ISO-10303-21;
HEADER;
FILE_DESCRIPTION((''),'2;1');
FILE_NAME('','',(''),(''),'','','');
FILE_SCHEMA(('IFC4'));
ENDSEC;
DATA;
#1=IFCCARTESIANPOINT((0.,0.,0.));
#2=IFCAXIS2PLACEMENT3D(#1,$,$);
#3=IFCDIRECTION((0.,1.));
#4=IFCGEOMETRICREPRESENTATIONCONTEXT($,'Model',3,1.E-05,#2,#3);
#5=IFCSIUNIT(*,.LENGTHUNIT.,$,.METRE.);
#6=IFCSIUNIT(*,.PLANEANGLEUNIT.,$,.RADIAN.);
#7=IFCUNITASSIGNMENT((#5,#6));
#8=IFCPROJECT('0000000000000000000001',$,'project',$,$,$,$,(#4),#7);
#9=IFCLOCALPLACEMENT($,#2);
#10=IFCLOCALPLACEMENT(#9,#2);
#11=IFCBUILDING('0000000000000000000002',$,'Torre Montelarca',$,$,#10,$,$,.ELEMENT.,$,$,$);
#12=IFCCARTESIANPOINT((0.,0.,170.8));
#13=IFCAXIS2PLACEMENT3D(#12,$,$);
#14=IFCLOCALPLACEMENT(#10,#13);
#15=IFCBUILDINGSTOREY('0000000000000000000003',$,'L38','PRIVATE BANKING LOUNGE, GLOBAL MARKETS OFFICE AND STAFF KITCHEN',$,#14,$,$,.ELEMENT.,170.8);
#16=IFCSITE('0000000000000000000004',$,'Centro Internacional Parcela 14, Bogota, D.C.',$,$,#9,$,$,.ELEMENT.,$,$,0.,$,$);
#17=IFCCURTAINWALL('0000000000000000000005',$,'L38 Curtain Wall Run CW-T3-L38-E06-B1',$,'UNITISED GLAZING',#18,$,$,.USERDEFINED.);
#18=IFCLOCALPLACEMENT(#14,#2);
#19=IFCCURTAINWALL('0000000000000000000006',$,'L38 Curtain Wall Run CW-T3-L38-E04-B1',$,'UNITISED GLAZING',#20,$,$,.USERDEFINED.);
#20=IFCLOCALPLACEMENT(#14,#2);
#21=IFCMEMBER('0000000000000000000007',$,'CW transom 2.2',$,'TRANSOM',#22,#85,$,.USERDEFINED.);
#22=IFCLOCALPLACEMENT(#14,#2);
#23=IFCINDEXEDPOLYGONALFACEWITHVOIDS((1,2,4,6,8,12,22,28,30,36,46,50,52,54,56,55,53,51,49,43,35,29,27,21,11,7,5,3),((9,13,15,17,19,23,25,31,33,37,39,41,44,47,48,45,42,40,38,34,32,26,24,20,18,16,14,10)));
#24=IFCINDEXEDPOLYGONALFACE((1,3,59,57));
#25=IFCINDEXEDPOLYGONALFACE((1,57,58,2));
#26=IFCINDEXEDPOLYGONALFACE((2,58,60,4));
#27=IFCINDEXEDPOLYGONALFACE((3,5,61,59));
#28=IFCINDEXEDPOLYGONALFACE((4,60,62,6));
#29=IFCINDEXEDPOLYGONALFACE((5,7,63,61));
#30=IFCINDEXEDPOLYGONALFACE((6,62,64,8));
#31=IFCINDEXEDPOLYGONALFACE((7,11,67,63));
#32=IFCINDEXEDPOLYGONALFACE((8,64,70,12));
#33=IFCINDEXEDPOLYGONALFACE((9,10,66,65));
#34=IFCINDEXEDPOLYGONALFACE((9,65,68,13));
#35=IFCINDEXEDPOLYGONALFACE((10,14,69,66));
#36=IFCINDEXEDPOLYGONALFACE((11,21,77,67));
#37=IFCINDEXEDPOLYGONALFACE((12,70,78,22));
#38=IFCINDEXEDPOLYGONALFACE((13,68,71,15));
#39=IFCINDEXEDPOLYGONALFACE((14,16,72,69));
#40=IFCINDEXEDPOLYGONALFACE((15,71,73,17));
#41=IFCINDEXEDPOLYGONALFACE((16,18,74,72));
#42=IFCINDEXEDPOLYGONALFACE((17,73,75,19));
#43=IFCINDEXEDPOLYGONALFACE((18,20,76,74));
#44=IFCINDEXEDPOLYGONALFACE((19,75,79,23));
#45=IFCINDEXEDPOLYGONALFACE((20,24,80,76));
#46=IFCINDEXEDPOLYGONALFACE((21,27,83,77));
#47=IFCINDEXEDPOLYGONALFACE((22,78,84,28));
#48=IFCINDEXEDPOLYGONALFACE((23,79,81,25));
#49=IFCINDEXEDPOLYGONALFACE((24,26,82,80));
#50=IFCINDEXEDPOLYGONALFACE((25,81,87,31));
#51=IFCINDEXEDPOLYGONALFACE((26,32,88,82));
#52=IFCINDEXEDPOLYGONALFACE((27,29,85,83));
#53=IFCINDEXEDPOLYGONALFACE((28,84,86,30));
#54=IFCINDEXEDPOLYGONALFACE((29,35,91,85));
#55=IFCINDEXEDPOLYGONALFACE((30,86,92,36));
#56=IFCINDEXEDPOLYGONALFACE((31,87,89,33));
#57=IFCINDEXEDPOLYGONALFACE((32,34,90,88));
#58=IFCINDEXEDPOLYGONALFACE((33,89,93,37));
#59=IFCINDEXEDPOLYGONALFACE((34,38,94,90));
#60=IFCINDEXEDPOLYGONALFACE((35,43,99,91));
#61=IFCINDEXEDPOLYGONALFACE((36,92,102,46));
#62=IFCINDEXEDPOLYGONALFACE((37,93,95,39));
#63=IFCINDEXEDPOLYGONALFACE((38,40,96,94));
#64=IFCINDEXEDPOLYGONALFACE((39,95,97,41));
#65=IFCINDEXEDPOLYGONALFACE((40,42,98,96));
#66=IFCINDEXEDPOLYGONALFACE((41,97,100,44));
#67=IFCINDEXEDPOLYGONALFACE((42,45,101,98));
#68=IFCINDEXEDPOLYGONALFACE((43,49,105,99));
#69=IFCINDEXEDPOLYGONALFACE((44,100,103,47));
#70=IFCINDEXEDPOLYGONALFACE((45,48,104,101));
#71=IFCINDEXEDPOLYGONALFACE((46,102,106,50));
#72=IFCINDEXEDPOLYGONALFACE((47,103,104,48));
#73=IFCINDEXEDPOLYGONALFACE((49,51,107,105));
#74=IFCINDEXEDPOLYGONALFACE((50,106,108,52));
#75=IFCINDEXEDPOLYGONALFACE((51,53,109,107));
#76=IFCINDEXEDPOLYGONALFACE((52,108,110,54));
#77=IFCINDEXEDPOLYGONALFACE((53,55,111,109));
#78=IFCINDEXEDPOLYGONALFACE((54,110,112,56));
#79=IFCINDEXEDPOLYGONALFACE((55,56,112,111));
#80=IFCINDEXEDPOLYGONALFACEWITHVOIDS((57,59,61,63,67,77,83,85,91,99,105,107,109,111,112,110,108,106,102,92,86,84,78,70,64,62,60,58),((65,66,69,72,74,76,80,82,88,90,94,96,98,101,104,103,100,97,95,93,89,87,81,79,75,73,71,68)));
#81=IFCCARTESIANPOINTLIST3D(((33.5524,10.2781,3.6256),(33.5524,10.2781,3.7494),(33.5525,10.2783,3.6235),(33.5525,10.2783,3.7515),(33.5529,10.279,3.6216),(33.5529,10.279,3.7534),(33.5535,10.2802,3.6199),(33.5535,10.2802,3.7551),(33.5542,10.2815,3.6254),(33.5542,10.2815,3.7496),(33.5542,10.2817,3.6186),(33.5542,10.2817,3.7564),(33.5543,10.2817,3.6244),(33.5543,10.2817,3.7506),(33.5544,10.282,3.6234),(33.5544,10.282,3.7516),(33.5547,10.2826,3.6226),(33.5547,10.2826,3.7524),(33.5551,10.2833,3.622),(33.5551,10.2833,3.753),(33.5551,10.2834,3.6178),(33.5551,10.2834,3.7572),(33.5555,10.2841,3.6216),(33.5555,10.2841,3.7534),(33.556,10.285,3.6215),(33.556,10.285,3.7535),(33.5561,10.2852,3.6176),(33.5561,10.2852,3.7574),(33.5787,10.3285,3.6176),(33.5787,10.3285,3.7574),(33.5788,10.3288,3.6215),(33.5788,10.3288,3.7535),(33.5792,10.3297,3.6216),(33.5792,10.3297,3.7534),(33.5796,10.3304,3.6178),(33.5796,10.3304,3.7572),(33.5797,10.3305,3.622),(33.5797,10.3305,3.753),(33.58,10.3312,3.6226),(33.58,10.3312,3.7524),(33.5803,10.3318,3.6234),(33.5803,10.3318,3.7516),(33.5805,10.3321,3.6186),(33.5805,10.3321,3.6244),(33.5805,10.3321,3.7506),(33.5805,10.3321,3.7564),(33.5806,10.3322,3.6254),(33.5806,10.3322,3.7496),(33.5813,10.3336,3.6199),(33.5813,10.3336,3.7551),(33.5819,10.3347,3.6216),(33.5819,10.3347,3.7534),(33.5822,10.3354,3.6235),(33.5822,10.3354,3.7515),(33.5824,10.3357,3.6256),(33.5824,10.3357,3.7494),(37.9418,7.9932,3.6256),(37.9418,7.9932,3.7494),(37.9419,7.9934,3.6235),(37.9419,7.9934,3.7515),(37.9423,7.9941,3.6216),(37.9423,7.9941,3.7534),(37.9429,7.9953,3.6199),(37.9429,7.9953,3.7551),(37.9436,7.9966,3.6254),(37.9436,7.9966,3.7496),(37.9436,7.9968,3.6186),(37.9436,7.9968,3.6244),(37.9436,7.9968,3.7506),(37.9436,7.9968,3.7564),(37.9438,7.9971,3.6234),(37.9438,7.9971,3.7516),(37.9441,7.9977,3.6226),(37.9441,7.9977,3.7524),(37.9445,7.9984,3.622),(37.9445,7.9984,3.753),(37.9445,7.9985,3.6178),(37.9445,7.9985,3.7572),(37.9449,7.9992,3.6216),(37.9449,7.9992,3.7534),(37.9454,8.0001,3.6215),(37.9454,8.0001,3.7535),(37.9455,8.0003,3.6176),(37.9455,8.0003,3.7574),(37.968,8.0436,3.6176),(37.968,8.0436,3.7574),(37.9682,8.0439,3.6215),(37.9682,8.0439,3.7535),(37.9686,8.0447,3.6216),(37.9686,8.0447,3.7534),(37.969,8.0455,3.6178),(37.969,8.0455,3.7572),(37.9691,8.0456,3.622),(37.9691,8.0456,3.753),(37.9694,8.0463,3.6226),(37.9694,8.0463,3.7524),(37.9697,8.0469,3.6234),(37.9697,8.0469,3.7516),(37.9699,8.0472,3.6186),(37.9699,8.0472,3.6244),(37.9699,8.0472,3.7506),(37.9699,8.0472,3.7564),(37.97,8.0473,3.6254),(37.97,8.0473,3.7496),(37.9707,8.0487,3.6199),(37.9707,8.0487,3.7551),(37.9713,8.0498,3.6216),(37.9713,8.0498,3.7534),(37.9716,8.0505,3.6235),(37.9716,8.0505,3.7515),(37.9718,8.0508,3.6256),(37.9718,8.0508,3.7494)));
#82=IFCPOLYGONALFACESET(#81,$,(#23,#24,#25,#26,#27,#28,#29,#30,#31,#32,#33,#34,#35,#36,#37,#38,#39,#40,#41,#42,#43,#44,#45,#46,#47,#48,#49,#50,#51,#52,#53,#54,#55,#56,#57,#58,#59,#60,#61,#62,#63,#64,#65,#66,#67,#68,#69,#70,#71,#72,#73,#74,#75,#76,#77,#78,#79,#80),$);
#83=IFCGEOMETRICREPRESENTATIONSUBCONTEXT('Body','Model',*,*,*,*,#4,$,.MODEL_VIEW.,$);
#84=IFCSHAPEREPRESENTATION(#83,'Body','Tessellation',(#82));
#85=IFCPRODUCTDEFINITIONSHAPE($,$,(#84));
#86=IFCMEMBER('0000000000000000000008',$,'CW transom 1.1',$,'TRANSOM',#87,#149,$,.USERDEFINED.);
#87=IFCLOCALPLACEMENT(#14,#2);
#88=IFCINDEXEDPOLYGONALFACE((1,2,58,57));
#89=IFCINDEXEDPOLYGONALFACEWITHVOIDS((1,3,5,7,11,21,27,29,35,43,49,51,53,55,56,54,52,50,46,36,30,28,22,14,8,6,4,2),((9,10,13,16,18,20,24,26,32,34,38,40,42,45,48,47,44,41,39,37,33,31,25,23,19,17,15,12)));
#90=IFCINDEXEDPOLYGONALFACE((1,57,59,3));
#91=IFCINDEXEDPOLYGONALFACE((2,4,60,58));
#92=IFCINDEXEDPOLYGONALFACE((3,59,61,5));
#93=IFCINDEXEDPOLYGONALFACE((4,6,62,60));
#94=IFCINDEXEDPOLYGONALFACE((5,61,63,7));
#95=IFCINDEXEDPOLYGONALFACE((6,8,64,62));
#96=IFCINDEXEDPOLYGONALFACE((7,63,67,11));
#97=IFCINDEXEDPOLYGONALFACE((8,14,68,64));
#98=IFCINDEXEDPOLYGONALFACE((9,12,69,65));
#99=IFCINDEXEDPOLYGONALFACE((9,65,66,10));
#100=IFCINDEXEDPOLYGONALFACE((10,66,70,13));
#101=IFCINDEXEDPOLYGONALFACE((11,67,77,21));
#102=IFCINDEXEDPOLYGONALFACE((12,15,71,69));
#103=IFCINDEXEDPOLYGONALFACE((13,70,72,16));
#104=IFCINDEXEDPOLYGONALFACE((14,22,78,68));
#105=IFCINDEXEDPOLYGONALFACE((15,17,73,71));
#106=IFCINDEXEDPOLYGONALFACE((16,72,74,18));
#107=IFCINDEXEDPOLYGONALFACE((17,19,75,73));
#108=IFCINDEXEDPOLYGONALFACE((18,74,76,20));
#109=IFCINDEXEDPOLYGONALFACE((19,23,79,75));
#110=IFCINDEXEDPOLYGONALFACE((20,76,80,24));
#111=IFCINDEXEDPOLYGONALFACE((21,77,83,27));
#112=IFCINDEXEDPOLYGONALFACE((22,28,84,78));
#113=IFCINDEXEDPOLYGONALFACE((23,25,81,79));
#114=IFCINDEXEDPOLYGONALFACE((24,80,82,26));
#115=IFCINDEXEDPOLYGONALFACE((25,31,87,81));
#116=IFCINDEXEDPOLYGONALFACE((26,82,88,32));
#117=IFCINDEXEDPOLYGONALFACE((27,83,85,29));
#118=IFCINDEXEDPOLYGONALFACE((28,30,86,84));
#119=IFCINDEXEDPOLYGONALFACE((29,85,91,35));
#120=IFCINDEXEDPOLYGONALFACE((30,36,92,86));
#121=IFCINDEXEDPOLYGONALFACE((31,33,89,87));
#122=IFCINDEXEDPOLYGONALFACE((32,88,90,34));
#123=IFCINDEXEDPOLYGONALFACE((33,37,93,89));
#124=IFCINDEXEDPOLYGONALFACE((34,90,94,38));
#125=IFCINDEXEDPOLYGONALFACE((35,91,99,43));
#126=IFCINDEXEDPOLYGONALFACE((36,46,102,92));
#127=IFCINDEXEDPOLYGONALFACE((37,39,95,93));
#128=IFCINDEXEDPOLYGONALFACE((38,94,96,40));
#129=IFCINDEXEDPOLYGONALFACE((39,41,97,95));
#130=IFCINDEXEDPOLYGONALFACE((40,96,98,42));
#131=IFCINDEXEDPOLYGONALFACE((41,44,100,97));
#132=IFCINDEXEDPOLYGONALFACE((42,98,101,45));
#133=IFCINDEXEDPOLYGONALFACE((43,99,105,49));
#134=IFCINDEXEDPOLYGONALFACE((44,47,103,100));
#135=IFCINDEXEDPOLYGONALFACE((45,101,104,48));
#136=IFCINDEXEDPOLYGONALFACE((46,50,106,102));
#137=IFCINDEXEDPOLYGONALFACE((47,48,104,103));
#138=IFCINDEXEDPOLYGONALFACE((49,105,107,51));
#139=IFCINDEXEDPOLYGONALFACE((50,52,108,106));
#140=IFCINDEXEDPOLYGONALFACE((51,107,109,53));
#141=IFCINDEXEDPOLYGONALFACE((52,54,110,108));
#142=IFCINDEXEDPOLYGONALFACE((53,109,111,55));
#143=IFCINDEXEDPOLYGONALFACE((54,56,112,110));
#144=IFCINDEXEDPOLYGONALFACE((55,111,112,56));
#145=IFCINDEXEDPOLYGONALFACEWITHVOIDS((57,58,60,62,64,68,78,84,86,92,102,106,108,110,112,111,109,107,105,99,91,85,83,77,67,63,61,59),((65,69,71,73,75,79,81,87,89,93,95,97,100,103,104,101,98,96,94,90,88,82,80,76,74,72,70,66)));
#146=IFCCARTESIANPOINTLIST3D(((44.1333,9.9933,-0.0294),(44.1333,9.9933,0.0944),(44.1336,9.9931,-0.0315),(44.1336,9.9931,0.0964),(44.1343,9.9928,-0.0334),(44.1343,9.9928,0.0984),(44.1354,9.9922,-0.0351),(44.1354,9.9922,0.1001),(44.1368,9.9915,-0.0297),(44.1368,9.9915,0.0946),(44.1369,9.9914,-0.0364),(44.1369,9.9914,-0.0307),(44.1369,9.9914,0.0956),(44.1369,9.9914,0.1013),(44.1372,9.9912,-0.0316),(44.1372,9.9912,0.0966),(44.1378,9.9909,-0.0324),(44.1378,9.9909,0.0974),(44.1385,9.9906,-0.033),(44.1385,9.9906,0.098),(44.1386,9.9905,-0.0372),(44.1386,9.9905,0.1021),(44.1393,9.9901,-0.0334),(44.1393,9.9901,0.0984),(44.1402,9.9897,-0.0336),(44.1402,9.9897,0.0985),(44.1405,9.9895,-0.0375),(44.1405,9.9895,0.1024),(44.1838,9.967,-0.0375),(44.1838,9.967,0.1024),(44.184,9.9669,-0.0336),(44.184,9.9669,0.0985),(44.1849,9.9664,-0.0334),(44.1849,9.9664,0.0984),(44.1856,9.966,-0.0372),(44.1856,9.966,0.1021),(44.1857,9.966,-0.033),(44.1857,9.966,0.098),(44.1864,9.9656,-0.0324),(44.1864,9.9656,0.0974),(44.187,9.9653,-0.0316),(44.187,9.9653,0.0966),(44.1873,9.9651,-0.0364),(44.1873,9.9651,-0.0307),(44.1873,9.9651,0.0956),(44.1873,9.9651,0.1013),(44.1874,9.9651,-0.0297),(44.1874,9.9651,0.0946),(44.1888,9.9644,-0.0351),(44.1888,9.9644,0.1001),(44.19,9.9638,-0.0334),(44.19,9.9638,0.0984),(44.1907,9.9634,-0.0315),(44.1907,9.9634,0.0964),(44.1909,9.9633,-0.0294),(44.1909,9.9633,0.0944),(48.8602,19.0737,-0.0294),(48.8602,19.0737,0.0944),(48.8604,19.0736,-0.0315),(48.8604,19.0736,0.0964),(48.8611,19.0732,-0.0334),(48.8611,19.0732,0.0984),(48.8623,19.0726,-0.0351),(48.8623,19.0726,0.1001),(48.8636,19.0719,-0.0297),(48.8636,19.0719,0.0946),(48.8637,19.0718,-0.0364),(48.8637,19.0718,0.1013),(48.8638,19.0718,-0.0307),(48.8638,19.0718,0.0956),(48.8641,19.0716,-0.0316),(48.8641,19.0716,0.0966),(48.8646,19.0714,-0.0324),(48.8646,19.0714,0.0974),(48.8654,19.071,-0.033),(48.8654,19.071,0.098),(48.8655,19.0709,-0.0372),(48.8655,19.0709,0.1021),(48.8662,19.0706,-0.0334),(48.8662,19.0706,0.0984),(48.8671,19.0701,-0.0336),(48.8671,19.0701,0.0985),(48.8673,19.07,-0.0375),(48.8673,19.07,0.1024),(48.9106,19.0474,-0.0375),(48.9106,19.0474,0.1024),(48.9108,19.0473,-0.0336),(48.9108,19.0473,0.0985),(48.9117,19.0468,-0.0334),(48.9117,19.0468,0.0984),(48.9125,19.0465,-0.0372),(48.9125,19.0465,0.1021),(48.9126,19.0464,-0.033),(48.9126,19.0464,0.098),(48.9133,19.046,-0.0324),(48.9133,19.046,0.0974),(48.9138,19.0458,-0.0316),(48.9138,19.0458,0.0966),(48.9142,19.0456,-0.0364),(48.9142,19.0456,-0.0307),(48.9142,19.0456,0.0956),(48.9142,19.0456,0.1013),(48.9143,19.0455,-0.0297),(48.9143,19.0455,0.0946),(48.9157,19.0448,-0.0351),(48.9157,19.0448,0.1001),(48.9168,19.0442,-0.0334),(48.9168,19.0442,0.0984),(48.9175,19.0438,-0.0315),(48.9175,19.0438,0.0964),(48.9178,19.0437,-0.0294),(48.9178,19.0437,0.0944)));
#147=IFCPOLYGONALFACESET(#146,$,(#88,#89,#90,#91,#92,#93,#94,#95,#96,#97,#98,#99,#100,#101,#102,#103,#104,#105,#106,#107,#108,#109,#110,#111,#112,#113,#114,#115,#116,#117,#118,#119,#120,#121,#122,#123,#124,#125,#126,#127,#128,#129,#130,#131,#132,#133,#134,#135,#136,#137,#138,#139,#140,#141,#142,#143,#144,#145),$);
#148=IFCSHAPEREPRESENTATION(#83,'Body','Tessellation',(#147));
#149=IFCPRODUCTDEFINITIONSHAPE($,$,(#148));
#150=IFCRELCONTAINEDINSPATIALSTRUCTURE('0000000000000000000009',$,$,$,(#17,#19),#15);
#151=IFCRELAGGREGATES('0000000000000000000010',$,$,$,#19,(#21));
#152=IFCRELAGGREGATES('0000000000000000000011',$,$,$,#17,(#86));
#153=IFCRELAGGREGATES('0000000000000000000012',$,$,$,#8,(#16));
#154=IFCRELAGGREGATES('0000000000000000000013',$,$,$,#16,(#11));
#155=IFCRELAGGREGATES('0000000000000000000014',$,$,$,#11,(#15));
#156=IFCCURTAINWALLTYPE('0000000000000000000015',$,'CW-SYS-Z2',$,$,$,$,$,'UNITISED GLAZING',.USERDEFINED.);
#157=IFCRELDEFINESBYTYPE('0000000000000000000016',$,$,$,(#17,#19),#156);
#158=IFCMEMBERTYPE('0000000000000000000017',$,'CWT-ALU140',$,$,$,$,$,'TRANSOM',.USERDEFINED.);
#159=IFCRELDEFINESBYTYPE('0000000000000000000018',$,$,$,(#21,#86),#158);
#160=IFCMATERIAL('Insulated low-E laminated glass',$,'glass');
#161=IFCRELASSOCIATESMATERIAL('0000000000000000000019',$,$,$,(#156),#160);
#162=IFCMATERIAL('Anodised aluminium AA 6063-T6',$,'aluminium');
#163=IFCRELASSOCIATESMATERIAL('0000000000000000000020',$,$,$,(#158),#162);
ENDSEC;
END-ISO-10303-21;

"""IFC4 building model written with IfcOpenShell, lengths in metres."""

from ifc_helpers import new_model, si_unit, direction, frame, origin, origin_2d, place, context, subcontext, project, spatial, hollow_rectangle, extrude, source, transform, mapped, material, material_profile, profile_set, type_object, element, aggregate, save


model = new_model("IFC4")

# Units and contexts
model_context = context("Model", 3, precision=1e-05, world=origin(), true_north=direction((0.0, 1.0)))
body_context = subcontext(model_context, "Body", "Model", "MODEL_VIEW")
ifc_project = project(units=[si_unit("LENGTHUNIT", "METRE"), si_unit("PLANEANGLEUNIT", "RADIAN")], contexts=[model_context])

# Site, building, storey
site_placement = place(None, origin())
site = spatial("IfcSite", under=ifc_project, at=site_placement, Name="Centro Internacional Parcela 14, Bogota, D.C.", CompositionType="ELEMENT", RefElevation=0.0)
building_placement = place(site_placement, origin())
building = spatial("IfcBuilding", under=site, at=building_placement, Name="Torre Montelarca", CompositionType="ELEMENT")
storey_placement = place(building_placement, frame((0.0, 0.0, 170.8)))
storey = spatial("IfcBuildingStorey", under=building, at=storey_placement, Name="L38", Description="PRIVATE BANKING LOUNGE, GLOBAL MARKETS OFFICE AND STAFF KITCHEN", CompositionType="ELEMENT", Elevation=170.8)

# Curtain wall
ifc_material_1 = material(Name="Insulated low-E laminated glass", Category="glass")
curtain_wall_type = type_object("IfcCurtainWallType", Name="CW-SYS-Z2", ElementType="UNITISED GLAZING", PredefinedType="USERDEFINED", material=ifc_material_1)
ifc_material_2 = material(Name="Anodised aluminium AA 6063-T6", Category="aluminium")
ifc_material_profile_1 = material_profile(ifc_material_2, hollow_rectangle(XDim=0.0649, YDim=0.1399, WallThickness=0.0039, InnerFilletRadius=0.0039, OuterFilletRadius=0.0081, at=origin_2d()), Name="ALU65X140X4", Category="aluminium")
ifc_profile_set_1 = profile_set([ifc_material_profile_1], Name="Anodised aluminium AA 6063-T6")
member_type_1 = type_object("IfcMemberType", Name="CWT-ALU140", ElementType="TRANSOM", PredefinedType="USERDEFINED", material=ifc_profile_set_1)
curtain_wall_1_placement = place(storey_placement, origin())
curtain_wall_1 = element("IfcCurtainWall", 1, at=curtain_wall_1_placement, inside=storey, type_object=curtain_wall_type, Name="L38 Curtain Wall Run CW-T3-L38-E06-B1", ObjectType="UNITISED GLAZING", PredefinedType="USERDEFINED")

# Curtain wall
curtain_wall_2_placement = place(storey_placement, origin())
curtain_wall_2 = element("IfcCurtainWall", 2, at=curtain_wall_2_placement, inside=storey, type_object=curtain_wall_type, Name="L38 Curtain Wall Run CW-T3-L38-E04-B1", ObjectType="UNITISED GLAZING", PredefinedType="USERDEFINED")

# Members
shared_shape_1 = source(origin(), body_context, "Body", "SweptSolid", [
    extrude(hollow_rectangle(XDim=0.0649, YDim=0.1399, WallThickness=0.0039, InnerFilletRadius=0.0039, OuterFilletRadius=0.0081, at=origin_2d()), origin(), (0.0, 0.0, 1.0), 4.9485),
])
member_1_placement = place(storey_placement, frame((33.5674, 10.3069, 3.6875), z_axis=(0.887016, -0.461738, 0.0), x_axis=(0.461738, 0.887016, 0.0)))
member_1 = element("IfcMember", 3, at=member_1_placement, type_object=member_type_1, Name="CW transom 2.2", ObjectType="TRANSOM", PredefinedType="USERDEFINED", context=body_context, shape_type="MappedRepresentation", body=[
    mapped(shared_shape_1, transform((0.0, 0.0, 0.0), scale=1.0)),
])
shared_shape_2 = source(origin(), body_context, "Body", "SweptSolid", [
    extrude(hollow_rectangle(XDim=0.0649, YDim=0.1399, WallThickness=0.0039, InnerFilletRadius=0.0039, OuterFilletRadius=0.0081, at=origin_2d()), origin(), (0.0, 0.0, 1.0), 10.2371),
])
member_2_placement = place(storey_placement, frame((44.1621, 9.9783, 0.0325), z_axis=(0.46174, 0.887015, 0.0), x_axis=(-0.887015, 0.46174, 0.0)))
member_2 = element("IfcMember", 4, at=member_2_placement, type_object=member_type_1, Name="CW transom 1.1", ObjectType="TRANSOM", PredefinedType="USERDEFINED", context=body_context, shape_type="MappedRepresentation", body=[
    mapped(shared_shape_2, transform((0.0, 0.0, 0.0), scale=1.0)),
])

aggregate(curtain_wall_2, [member_1])
aggregate(curtain_wall_1, [member_2])

save(model, "model.ifc")
